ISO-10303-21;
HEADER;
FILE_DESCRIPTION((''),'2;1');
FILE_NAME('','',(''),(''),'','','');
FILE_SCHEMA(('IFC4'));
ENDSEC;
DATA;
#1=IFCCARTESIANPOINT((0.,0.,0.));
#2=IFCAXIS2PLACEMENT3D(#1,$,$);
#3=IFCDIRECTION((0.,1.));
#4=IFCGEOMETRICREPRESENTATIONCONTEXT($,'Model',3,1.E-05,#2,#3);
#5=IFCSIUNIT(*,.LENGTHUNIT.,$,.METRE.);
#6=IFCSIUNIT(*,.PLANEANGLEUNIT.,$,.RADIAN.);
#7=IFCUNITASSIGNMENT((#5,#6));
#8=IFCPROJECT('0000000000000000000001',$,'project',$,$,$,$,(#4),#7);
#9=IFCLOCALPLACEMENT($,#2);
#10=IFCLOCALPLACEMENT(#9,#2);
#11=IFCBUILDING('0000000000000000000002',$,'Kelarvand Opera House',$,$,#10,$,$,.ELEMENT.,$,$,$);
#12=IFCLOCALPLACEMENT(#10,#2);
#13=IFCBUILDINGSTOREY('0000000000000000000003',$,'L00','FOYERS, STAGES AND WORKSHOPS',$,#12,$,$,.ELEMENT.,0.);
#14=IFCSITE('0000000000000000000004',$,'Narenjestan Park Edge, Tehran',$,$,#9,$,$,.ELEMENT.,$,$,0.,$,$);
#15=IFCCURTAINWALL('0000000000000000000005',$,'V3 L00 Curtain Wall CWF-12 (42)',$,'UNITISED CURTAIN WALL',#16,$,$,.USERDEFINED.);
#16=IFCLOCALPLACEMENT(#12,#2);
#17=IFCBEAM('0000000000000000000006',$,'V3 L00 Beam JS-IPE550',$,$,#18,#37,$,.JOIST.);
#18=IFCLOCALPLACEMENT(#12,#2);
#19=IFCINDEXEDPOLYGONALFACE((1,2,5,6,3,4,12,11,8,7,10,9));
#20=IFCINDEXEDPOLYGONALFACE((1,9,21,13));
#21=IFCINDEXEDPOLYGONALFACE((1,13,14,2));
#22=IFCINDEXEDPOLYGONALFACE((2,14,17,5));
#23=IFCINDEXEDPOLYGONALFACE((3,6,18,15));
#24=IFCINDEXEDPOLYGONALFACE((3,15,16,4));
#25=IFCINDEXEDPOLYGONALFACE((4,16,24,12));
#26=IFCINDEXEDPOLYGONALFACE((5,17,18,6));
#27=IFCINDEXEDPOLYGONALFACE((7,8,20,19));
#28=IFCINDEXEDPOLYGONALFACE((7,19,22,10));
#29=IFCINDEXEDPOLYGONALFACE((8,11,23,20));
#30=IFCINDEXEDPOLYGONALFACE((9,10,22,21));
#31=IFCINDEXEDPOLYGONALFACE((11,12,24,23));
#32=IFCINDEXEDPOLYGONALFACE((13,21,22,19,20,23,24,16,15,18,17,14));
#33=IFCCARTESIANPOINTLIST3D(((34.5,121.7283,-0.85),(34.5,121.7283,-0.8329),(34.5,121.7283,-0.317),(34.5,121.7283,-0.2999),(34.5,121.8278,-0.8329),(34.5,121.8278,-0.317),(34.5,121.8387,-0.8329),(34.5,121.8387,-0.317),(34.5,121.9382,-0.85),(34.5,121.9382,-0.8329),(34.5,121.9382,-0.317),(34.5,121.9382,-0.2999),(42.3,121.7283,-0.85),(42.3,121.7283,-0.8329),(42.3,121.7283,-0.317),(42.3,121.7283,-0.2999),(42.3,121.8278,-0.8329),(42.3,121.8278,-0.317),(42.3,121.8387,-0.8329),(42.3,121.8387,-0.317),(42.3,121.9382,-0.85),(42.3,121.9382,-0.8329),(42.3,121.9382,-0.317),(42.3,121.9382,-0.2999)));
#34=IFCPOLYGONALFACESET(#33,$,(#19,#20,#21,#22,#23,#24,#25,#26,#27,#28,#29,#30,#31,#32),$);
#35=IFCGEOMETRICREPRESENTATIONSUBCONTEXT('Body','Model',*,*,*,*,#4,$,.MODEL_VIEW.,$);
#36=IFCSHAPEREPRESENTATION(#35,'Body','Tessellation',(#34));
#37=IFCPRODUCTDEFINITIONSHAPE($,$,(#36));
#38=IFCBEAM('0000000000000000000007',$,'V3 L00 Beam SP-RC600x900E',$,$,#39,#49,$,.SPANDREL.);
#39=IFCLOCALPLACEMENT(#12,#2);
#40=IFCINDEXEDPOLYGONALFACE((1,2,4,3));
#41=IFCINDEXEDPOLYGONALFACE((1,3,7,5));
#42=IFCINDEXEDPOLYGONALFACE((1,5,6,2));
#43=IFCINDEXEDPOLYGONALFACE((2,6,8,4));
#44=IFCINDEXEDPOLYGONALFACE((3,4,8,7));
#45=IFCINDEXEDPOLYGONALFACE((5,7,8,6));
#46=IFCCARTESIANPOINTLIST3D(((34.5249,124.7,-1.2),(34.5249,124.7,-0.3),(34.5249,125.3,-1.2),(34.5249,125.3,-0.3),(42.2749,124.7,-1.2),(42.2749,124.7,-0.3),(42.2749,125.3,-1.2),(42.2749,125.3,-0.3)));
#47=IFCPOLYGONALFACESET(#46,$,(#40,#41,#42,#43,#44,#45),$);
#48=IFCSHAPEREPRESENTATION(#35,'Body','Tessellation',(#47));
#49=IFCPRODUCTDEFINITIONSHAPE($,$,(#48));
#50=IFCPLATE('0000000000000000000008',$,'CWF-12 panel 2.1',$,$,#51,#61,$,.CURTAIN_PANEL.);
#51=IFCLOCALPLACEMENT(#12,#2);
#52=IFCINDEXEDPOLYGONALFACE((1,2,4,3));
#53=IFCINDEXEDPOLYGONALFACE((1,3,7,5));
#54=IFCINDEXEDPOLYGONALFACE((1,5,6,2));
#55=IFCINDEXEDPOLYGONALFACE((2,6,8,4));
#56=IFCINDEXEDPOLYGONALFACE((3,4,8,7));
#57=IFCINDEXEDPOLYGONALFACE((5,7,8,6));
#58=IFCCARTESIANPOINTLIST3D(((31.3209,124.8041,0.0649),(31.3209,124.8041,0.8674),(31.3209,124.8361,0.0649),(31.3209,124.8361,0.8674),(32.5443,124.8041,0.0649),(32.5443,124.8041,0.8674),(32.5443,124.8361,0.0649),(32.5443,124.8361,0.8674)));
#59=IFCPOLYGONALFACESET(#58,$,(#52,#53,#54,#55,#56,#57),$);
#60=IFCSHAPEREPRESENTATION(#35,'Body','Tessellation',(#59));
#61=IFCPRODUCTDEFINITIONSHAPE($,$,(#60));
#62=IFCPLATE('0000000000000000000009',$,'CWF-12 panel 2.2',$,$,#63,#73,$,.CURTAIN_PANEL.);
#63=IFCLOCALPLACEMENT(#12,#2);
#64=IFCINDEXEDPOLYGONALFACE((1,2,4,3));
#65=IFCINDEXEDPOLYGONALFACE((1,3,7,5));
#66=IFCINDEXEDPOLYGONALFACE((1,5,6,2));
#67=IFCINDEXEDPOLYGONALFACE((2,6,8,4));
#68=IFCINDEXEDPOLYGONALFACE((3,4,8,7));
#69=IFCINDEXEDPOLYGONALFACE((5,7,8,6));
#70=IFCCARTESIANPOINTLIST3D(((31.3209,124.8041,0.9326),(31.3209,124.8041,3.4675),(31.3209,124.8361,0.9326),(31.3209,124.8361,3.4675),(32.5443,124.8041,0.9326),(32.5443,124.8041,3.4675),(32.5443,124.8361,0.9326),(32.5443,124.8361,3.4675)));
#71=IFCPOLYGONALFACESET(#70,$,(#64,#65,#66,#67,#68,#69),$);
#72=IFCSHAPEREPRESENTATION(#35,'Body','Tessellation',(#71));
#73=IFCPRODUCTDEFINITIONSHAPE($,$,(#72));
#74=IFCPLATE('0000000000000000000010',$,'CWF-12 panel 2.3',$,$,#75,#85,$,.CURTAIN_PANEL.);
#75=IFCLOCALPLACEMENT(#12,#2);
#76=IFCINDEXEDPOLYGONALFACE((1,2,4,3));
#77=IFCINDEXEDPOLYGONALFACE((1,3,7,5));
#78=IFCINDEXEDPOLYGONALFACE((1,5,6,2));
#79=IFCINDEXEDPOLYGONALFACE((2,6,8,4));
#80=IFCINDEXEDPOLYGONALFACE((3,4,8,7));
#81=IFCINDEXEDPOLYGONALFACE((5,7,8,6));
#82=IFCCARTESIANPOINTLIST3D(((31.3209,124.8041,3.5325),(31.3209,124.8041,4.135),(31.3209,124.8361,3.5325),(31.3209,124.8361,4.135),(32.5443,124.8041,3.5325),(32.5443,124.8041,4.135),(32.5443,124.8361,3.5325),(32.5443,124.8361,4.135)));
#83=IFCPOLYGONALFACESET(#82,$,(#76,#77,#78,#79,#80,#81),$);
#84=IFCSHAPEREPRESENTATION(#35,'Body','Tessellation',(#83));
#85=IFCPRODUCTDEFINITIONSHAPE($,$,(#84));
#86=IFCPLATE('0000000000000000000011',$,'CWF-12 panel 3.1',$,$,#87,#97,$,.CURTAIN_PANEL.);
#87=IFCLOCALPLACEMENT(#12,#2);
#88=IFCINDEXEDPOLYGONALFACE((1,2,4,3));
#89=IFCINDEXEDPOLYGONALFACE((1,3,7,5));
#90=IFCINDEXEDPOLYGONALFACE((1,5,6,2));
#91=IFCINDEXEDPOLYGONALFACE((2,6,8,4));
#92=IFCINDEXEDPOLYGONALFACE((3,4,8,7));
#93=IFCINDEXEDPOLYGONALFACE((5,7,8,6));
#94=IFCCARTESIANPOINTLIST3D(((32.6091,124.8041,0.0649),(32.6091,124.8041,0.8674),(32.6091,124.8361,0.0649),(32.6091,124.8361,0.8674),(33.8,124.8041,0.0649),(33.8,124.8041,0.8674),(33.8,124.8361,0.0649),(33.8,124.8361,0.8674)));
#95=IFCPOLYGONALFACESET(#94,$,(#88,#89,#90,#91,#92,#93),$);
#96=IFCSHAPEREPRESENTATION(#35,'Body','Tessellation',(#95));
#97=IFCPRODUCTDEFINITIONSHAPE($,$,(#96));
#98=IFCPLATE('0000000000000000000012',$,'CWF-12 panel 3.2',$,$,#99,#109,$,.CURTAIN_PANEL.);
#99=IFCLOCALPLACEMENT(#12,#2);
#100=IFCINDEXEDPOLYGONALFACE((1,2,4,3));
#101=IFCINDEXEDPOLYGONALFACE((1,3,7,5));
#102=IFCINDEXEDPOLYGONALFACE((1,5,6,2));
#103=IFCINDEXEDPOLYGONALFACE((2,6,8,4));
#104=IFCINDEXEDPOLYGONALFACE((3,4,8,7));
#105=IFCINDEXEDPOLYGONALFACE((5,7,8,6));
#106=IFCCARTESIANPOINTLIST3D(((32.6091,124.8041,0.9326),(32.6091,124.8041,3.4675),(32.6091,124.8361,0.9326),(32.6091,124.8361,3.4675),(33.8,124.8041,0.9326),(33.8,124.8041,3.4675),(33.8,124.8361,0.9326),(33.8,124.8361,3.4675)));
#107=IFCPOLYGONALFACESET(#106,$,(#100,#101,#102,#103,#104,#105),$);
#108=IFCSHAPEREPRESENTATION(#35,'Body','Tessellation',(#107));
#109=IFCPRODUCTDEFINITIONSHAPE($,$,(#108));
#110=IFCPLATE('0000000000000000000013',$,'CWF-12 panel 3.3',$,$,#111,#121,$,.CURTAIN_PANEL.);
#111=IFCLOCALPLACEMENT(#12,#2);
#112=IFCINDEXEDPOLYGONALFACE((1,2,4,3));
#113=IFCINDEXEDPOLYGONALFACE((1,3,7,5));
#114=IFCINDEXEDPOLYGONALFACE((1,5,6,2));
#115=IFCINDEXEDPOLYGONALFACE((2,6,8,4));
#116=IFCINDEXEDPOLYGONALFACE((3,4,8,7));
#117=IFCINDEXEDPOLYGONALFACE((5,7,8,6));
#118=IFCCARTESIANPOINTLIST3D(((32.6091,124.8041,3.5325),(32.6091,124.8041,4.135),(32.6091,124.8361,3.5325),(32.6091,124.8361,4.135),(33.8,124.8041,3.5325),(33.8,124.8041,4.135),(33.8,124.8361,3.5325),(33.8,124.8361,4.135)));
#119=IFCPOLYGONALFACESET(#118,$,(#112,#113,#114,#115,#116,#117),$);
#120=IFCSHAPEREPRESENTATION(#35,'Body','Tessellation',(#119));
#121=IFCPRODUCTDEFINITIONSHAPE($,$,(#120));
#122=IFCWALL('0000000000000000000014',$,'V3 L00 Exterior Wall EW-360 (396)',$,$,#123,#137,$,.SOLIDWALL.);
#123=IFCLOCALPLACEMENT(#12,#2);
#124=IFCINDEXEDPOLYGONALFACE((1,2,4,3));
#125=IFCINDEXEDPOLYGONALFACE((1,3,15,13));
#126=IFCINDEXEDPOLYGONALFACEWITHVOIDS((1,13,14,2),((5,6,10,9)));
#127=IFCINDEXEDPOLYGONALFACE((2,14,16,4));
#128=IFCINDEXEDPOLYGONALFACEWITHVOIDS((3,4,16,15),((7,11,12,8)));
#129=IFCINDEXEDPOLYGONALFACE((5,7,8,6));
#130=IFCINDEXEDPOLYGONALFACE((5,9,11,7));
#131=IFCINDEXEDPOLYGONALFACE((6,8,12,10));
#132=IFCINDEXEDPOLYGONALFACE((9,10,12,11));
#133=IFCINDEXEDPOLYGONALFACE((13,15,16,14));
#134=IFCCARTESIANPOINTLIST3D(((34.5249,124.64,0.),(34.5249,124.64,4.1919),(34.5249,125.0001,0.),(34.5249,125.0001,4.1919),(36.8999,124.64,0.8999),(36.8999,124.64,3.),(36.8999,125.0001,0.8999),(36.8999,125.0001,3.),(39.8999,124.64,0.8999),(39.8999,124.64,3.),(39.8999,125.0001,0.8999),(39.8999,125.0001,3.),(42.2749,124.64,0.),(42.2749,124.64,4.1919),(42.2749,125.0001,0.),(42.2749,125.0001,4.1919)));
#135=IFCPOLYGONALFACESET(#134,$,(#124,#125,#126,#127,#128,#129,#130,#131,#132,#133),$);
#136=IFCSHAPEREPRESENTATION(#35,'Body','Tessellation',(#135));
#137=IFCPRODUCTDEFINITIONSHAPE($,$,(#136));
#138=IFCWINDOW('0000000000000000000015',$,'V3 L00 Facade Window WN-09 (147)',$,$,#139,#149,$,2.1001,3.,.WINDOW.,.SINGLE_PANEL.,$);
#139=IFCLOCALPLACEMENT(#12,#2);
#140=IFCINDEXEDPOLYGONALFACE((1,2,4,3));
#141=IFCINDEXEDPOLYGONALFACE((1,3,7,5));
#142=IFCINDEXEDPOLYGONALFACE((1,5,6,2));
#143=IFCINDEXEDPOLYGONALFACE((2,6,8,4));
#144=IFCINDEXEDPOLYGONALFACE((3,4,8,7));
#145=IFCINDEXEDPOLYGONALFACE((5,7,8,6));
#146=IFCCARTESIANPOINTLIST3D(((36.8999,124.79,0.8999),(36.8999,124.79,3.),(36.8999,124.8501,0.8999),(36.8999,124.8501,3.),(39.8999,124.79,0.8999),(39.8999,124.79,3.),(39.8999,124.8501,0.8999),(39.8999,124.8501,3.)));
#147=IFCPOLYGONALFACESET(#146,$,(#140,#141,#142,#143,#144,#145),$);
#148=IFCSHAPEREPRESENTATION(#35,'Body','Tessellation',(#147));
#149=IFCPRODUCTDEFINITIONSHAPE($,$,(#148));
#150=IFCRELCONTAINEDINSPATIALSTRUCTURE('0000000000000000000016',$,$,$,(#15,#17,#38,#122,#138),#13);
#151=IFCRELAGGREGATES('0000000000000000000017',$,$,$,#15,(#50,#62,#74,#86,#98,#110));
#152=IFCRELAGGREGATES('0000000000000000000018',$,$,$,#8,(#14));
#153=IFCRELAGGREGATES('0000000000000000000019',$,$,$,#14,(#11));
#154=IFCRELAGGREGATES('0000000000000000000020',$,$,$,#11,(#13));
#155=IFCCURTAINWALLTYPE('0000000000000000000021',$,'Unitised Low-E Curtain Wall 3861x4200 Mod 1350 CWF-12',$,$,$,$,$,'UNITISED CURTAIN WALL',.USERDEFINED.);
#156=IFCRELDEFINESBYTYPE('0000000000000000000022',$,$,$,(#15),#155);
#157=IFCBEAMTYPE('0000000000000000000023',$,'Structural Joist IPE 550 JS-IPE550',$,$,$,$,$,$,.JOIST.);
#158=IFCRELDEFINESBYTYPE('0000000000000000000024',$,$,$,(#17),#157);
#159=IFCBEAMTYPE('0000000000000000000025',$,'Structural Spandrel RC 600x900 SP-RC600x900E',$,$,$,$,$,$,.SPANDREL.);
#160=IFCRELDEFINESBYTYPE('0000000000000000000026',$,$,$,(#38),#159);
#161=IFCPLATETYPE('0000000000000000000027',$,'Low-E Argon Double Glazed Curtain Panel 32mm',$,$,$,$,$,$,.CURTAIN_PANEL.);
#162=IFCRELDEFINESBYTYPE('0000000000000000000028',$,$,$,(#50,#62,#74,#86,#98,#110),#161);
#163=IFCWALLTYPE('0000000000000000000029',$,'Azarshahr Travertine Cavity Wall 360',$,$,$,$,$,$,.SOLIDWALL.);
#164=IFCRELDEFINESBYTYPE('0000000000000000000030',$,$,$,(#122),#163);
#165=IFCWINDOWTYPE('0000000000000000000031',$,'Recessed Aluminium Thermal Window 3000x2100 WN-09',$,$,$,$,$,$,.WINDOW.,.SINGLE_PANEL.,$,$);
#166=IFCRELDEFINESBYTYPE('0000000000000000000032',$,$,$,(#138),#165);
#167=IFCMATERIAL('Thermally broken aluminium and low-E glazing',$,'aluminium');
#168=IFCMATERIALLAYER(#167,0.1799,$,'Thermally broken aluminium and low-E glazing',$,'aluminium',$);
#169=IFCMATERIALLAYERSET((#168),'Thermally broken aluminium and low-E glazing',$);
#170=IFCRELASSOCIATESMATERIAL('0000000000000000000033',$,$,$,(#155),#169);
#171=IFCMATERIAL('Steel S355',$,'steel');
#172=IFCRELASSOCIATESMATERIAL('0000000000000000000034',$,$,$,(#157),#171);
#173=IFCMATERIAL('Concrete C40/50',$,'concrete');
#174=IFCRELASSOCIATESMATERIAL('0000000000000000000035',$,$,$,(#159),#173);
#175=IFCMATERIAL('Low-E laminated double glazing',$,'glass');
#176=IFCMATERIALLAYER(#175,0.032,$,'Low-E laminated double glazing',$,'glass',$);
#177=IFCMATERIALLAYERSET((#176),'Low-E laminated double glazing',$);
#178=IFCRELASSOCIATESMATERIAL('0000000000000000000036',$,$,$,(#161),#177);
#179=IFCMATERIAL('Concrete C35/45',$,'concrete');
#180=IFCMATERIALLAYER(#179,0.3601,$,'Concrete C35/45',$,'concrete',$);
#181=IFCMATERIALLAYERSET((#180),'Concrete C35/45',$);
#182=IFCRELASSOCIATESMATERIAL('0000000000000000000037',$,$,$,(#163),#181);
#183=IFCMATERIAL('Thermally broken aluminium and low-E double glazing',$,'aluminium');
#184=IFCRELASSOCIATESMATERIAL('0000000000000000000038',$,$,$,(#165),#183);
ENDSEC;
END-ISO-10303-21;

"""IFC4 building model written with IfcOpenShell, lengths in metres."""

from ifc_helpers import new_model, si_unit, direction, frame, frame_2d, origin, origin_2d, place, context, subcontext, project, spatial, rectangle, i_section, extrude, material, layer, layer_set, material_profile, profile_set, type_object, element, fill, aggregate, save


model = new_model("IFC4")

# Units and contexts
model_context = context("Model", 3, precision=1e-05, world=origin(), true_north=direction((0.0, 1.0)))
body_context = subcontext(model_context, "Body", "Model", "MODEL_VIEW")
ifc_project = project(units=[si_unit("LENGTHUNIT", "METRE"), si_unit("PLANEANGLEUNIT", "RADIAN")], contexts=[model_context])

# Site, building, storey
site_placement = place(None, origin())
site = spatial("IfcSite", under=ifc_project, at=site_placement, Name="Narenjestan Park Edge, Tehran", CompositionType="ELEMENT", RefElevation=0.0)
building_placement = place(site_placement, origin())
building = spatial("IfcBuilding", under=site, at=building_placement, Name="Kelarvand Opera House", CompositionType="ELEMENT")
storey_placement = place(building_placement, origin())
storey = spatial("IfcBuildingStorey", under=building, at=storey_placement, Name="L00", Description="FOYERS, STAGES AND WORKSHOPS", CompositionType="ELEMENT", Elevation=0.0)

# Shared definitions
ifc_material_1 = material(Name="Concrete C40/50", Category="concrete")

# Curtain wall
ifc_material_2 = material(Name="Thermally broken aluminium and low-E glazing", Category="aluminium")
ifc_layer_1 = layer(ifc_material_2, 0.1799, Name="Thermally broken aluminium and low-E glazing", Category="aluminium")
ifc_layer_set_1 = layer_set([ifc_layer_1], Name="Thermally broken aluminium and low-E glazing")
curtain_wall_type = type_object("IfcCurtainWallType", Name="Unitised Low-E Curtain Wall 3861x4200 Mod 1350 CWF-12", ElementType="UNITISED CURTAIN WALL", PredefinedType="USERDEFINED", material=ifc_layer_set_1)
curtain_wall_placement = place(storey_placement, origin())
curtain_wall = element("IfcCurtainWall", 1, at=curtain_wall_placement, inside=storey, type_object=curtain_wall_type, Name="V3 L00 Curtain Wall CWF-12 (42)", ObjectType="UNITISED CURTAIN WALL", PredefinedType="USERDEFINED")

# Beams
ifc_material_3 = material(Name="Steel S355", Category="steel")
ifc_material_profile_1 = material_profile(ifc_material_3, i_section(OverallWidth=0.21, OverallDepth=0.55, WebThickness=0.011, FlangeThickness=0.0171, at=origin_2d()), Name="IPE 550", Category="steel")
ifc_profile_set_1 = profile_set([ifc_material_profile_1], Name="Steel S355")
beam_type_1 = type_object("IfcBeamType", Name="Structural Joist IPE 550 JS-IPE550", PredefinedType="JOIST", material=ifc_profile_set_1)
for number, where, z_axis, x_axis, name in (
    (2, (34.5, 121.8333, -0.575), (1.0, 0.0, 0.0), (0.0, 1.0, 0.0), "V3 L00 Beam JS-IPE550"),
):
    element("IfcBeam", number, at=place(storey_placement, frame(where, z_axis=z_axis, x_axis=x_axis)), inside=storey, type_object=beam_type_1, Name=name, PredefinedType="JOIST", context=body_context, shape_type="SweptSolid", body=[
        extrude(i_section(OverallWidth=0.21, OverallDepth=0.55, WebThickness=0.011, FlangeThickness=0.0171, at=origin_2d()), origin(), (0.0, 0.0, 1.0), 7.8),
    ])
ifc_material_profile_2 = material_profile(ifc_material_1, rectangle(XDim=0.6001, YDim=0.8999, at=origin_2d()), Name="RC 600x900", Category="concrete")
ifc_profile_set_2 = profile_set([ifc_material_profile_2], Name="Concrete C40/50")
beam_type_2 = type_object("IfcBeamType", Name="Structural Spandrel RC 600x900 SP-RC600x900E", PredefinedType="SPANDREL", material=ifc_profile_set_2)
beam_1_placement = place(storey_placement, frame((34.5249, 125.0, -0.75), z_axis=(1.0, 0.0, 0.0), x_axis=(0.0, 1.0, 0.0)))
element("IfcBeam", 3, at=beam_1_placement, inside=storey, type_object=beam_type_2, Name="V3 L00 Beam SP-RC600x900E", PredefinedType="SPANDREL", context=body_context, shape_type="SweptSolid", body=[
    extrude(rectangle(XDim=0.6001, YDim=0.8999, at=origin_2d()), origin(), (0.0, 0.0, 1.0), 7.75),
])

# Plates
ifc_material_4 = material(Name="Low-E laminated double glazing", Category="glass")
ifc_layer_2 = layer(ifc_material_4, 0.032, Name="Low-E laminated double glazing", Category="glass")
ifc_layer_set_2 = layer_set([ifc_layer_2], Name="Low-E laminated double glazing")
plate_type = type_object("IfcPlateType", Name="Low-E Argon Double Glazed Curtain Panel 32mm", PredefinedType="CURTAIN_PANEL", material=ifc_layer_set_2)
plate_1_placement = place(storey_placement, frame((31.9326, 124.8201, 0.0649), z_axis=(0.0, 0.0, 1.0), x_axis=(1.0, 0.0, 0.0)))
plate_1 = element("IfcPlate", 4, at=plate_1_placement, type_object=plate_type, Name="CWF-12 panel 2.1", PredefinedType="CURTAIN_PANEL", context=body_context, shape_type="SweptSolid", body=[
    extrude(rectangle(XDim=1.2234, YDim=0.032, at=origin_2d()), origin(), (0.0, 0.0, 1.0), 0.8025),
])
plate_2_placement = place(storey_placement, frame((31.9326, 124.8201, 0.9326), z_axis=(0.0, 0.0, 1.0), x_axis=(1.0, 0.0, 0.0)))
plate_2 = element("IfcPlate", 5, at=plate_2_placement, type_object=plate_type, Name="CWF-12 panel 2.2", PredefinedType="CURTAIN_PANEL", context=body_context, shape_type="SweptSolid", body=[
    extrude(rectangle(XDim=1.2234, YDim=0.032, at=origin_2d()), origin(), (0.0, 0.0, 1.0), 2.5349),
])
plate_3_placement = place(storey_placement, frame((31.9326, 124.8201, 3.5325), z_axis=(0.0, 0.0, 1.0), x_axis=(1.0, 0.0, 0.0)))
plate_3 = element("IfcPlate", 6, at=plate_3_placement, type_object=plate_type, Name="CWF-12 panel 2.3", PredefinedType="CURTAIN_PANEL", context=body_context, shape_type="SweptSolid", body=[
    extrude(rectangle(XDim=1.2234, YDim=0.032, at=origin_2d()), origin(), (0.0, 0.0, 1.0), 0.6025),
])
plate_4_placement = place(storey_placement, frame((33.2046, 124.8201, 0.0649), z_axis=(0.0, 0.0, 1.0), x_axis=(1.0, 0.0, 0.0)))
plate_4 = element("IfcPlate", 7, at=plate_4_placement, type_object=plate_type, Name="CWF-12 panel 3.1", PredefinedType="CURTAIN_PANEL", context=body_context, shape_type="SweptSolid", body=[
    extrude(rectangle(XDim=1.1909, YDim=0.032, at=origin_2d()), origin(), (0.0, 0.0, 1.0), 0.8025),
])
plate_5_placement = place(storey_placement, frame((33.2046, 124.8201, 0.9326), z_axis=(0.0, 0.0, 1.0), x_axis=(1.0, 0.0, 0.0)))
plate_5 = element("IfcPlate", 8, at=plate_5_placement, type_object=plate_type, Name="CWF-12 panel 3.2", PredefinedType="CURTAIN_PANEL", context=body_context, shape_type="SweptSolid", body=[
    extrude(rectangle(XDim=1.1909, YDim=0.032, at=origin_2d()), origin(), (0.0, 0.0, 1.0), 2.5349),
])
plate_6_placement = place(storey_placement, frame((33.2046, 124.8201, 3.5325), z_axis=(0.0, 0.0, 1.0), x_axis=(1.0, 0.0, 0.0)))
plate_6 = element("IfcPlate", 9, at=plate_6_placement, type_object=plate_type, Name="CWF-12 panel 3.3", PredefinedType="CURTAIN_PANEL", context=body_context, shape_type="SweptSolid", body=[
    extrude(rectangle(XDim=1.1909, YDim=0.032, at=origin_2d()), origin(), (0.0, 0.0, 1.0), 0.6025),
])
aggregate(curtain_wall, [plate_1, plate_2, plate_3, plate_4, plate_5, plate_6])

# Wall, opening, window
ifc_material_5 = material(Name="Concrete C35/45", Category="concrete")
ifc_layer_3 = layer(ifc_material_5, 0.3601, Name="Concrete C35/45", Category="concrete")
ifc_layer_set_3 = layer_set([ifc_layer_3], Name="Concrete C35/45")
wall_type = type_object("IfcWallType", Name="Azarshahr Travertine Cavity Wall 360", PredefinedType="SOLIDWALL", material=ifc_layer_set_3)
wall_placement = place(storey_placement, frame((34.5249, 124.8201, 0.0), z_axis=(0.0, 0.0, 1.0), x_axis=(1.0, 0.0, 0.0)))
wall = element("IfcWall", 10, at=wall_placement, inside=storey, type_object=wall_type, Name="V3 L00 Exterior Wall EW-360 (396)", PredefinedType="SOLIDWALL", context=body_context, shape_type="SweptSolid", body=[
    extrude(rectangle(XDim=7.75, YDim=0.3601, at=frame_2d((3.875, 0.0))), origin(), (0.0, 0.0, 1.0), 4.1919),
])
opening_placement = place(wall_placement, frame((2.375, 0.0, 0.8999)))
opening = element("IfcOpeningElement", 11, at=opening_placement, cuts=wall, PredefinedType="OPENING", context=body_context, shape_type="SweptSolid", body=[
    extrude(rectangle(XDim=3.0, YDim=2.1001, at=frame_2d((1.5, 1.05))), frame((0.0, 0.1899, 0.0), z_axis=(0.0, -1.0, 0.0), x_axis=(1.0, 0.0, 0.0)), (0.0, 0.0, 1.0), 0.3801),
])
ifc_material_6 = material(Name="Thermally broken aluminium and low-E double glazing", Category="aluminium")
window_type = type_object("IfcWindowType", Name="Recessed Aluminium Thermal Window 3000x2100 WN-09", PartitioningType="SINGLE_PANEL", PredefinedType="WINDOW", material=ifc_material_6)
window_placement = place(opening_placement, origin())
window = element("IfcWindow", 12, at=window_placement, inside=storey, type_object=window_type, Name="V3 L00 Facade Window WN-09 (147)", OverallHeight=2.1001, OverallWidth=3.0, PartitioningType="SINGLE_PANEL", PredefinedType="WINDOW", context=body_context, shape_type="SweptSolid", body=[
    extrude(rectangle(XDim=3.0, YDim=2.1001, at=frame_2d((1.5, 1.05))), frame((0.0, 0.03, 0.0), z_axis=(0.0, -1.0, 0.0), x_axis=(1.0, 0.0, 0.0)), (0.0, 0.0, 1.0), 0.0601),
])
fill(opening, window)

save(model, "model.ifc")
